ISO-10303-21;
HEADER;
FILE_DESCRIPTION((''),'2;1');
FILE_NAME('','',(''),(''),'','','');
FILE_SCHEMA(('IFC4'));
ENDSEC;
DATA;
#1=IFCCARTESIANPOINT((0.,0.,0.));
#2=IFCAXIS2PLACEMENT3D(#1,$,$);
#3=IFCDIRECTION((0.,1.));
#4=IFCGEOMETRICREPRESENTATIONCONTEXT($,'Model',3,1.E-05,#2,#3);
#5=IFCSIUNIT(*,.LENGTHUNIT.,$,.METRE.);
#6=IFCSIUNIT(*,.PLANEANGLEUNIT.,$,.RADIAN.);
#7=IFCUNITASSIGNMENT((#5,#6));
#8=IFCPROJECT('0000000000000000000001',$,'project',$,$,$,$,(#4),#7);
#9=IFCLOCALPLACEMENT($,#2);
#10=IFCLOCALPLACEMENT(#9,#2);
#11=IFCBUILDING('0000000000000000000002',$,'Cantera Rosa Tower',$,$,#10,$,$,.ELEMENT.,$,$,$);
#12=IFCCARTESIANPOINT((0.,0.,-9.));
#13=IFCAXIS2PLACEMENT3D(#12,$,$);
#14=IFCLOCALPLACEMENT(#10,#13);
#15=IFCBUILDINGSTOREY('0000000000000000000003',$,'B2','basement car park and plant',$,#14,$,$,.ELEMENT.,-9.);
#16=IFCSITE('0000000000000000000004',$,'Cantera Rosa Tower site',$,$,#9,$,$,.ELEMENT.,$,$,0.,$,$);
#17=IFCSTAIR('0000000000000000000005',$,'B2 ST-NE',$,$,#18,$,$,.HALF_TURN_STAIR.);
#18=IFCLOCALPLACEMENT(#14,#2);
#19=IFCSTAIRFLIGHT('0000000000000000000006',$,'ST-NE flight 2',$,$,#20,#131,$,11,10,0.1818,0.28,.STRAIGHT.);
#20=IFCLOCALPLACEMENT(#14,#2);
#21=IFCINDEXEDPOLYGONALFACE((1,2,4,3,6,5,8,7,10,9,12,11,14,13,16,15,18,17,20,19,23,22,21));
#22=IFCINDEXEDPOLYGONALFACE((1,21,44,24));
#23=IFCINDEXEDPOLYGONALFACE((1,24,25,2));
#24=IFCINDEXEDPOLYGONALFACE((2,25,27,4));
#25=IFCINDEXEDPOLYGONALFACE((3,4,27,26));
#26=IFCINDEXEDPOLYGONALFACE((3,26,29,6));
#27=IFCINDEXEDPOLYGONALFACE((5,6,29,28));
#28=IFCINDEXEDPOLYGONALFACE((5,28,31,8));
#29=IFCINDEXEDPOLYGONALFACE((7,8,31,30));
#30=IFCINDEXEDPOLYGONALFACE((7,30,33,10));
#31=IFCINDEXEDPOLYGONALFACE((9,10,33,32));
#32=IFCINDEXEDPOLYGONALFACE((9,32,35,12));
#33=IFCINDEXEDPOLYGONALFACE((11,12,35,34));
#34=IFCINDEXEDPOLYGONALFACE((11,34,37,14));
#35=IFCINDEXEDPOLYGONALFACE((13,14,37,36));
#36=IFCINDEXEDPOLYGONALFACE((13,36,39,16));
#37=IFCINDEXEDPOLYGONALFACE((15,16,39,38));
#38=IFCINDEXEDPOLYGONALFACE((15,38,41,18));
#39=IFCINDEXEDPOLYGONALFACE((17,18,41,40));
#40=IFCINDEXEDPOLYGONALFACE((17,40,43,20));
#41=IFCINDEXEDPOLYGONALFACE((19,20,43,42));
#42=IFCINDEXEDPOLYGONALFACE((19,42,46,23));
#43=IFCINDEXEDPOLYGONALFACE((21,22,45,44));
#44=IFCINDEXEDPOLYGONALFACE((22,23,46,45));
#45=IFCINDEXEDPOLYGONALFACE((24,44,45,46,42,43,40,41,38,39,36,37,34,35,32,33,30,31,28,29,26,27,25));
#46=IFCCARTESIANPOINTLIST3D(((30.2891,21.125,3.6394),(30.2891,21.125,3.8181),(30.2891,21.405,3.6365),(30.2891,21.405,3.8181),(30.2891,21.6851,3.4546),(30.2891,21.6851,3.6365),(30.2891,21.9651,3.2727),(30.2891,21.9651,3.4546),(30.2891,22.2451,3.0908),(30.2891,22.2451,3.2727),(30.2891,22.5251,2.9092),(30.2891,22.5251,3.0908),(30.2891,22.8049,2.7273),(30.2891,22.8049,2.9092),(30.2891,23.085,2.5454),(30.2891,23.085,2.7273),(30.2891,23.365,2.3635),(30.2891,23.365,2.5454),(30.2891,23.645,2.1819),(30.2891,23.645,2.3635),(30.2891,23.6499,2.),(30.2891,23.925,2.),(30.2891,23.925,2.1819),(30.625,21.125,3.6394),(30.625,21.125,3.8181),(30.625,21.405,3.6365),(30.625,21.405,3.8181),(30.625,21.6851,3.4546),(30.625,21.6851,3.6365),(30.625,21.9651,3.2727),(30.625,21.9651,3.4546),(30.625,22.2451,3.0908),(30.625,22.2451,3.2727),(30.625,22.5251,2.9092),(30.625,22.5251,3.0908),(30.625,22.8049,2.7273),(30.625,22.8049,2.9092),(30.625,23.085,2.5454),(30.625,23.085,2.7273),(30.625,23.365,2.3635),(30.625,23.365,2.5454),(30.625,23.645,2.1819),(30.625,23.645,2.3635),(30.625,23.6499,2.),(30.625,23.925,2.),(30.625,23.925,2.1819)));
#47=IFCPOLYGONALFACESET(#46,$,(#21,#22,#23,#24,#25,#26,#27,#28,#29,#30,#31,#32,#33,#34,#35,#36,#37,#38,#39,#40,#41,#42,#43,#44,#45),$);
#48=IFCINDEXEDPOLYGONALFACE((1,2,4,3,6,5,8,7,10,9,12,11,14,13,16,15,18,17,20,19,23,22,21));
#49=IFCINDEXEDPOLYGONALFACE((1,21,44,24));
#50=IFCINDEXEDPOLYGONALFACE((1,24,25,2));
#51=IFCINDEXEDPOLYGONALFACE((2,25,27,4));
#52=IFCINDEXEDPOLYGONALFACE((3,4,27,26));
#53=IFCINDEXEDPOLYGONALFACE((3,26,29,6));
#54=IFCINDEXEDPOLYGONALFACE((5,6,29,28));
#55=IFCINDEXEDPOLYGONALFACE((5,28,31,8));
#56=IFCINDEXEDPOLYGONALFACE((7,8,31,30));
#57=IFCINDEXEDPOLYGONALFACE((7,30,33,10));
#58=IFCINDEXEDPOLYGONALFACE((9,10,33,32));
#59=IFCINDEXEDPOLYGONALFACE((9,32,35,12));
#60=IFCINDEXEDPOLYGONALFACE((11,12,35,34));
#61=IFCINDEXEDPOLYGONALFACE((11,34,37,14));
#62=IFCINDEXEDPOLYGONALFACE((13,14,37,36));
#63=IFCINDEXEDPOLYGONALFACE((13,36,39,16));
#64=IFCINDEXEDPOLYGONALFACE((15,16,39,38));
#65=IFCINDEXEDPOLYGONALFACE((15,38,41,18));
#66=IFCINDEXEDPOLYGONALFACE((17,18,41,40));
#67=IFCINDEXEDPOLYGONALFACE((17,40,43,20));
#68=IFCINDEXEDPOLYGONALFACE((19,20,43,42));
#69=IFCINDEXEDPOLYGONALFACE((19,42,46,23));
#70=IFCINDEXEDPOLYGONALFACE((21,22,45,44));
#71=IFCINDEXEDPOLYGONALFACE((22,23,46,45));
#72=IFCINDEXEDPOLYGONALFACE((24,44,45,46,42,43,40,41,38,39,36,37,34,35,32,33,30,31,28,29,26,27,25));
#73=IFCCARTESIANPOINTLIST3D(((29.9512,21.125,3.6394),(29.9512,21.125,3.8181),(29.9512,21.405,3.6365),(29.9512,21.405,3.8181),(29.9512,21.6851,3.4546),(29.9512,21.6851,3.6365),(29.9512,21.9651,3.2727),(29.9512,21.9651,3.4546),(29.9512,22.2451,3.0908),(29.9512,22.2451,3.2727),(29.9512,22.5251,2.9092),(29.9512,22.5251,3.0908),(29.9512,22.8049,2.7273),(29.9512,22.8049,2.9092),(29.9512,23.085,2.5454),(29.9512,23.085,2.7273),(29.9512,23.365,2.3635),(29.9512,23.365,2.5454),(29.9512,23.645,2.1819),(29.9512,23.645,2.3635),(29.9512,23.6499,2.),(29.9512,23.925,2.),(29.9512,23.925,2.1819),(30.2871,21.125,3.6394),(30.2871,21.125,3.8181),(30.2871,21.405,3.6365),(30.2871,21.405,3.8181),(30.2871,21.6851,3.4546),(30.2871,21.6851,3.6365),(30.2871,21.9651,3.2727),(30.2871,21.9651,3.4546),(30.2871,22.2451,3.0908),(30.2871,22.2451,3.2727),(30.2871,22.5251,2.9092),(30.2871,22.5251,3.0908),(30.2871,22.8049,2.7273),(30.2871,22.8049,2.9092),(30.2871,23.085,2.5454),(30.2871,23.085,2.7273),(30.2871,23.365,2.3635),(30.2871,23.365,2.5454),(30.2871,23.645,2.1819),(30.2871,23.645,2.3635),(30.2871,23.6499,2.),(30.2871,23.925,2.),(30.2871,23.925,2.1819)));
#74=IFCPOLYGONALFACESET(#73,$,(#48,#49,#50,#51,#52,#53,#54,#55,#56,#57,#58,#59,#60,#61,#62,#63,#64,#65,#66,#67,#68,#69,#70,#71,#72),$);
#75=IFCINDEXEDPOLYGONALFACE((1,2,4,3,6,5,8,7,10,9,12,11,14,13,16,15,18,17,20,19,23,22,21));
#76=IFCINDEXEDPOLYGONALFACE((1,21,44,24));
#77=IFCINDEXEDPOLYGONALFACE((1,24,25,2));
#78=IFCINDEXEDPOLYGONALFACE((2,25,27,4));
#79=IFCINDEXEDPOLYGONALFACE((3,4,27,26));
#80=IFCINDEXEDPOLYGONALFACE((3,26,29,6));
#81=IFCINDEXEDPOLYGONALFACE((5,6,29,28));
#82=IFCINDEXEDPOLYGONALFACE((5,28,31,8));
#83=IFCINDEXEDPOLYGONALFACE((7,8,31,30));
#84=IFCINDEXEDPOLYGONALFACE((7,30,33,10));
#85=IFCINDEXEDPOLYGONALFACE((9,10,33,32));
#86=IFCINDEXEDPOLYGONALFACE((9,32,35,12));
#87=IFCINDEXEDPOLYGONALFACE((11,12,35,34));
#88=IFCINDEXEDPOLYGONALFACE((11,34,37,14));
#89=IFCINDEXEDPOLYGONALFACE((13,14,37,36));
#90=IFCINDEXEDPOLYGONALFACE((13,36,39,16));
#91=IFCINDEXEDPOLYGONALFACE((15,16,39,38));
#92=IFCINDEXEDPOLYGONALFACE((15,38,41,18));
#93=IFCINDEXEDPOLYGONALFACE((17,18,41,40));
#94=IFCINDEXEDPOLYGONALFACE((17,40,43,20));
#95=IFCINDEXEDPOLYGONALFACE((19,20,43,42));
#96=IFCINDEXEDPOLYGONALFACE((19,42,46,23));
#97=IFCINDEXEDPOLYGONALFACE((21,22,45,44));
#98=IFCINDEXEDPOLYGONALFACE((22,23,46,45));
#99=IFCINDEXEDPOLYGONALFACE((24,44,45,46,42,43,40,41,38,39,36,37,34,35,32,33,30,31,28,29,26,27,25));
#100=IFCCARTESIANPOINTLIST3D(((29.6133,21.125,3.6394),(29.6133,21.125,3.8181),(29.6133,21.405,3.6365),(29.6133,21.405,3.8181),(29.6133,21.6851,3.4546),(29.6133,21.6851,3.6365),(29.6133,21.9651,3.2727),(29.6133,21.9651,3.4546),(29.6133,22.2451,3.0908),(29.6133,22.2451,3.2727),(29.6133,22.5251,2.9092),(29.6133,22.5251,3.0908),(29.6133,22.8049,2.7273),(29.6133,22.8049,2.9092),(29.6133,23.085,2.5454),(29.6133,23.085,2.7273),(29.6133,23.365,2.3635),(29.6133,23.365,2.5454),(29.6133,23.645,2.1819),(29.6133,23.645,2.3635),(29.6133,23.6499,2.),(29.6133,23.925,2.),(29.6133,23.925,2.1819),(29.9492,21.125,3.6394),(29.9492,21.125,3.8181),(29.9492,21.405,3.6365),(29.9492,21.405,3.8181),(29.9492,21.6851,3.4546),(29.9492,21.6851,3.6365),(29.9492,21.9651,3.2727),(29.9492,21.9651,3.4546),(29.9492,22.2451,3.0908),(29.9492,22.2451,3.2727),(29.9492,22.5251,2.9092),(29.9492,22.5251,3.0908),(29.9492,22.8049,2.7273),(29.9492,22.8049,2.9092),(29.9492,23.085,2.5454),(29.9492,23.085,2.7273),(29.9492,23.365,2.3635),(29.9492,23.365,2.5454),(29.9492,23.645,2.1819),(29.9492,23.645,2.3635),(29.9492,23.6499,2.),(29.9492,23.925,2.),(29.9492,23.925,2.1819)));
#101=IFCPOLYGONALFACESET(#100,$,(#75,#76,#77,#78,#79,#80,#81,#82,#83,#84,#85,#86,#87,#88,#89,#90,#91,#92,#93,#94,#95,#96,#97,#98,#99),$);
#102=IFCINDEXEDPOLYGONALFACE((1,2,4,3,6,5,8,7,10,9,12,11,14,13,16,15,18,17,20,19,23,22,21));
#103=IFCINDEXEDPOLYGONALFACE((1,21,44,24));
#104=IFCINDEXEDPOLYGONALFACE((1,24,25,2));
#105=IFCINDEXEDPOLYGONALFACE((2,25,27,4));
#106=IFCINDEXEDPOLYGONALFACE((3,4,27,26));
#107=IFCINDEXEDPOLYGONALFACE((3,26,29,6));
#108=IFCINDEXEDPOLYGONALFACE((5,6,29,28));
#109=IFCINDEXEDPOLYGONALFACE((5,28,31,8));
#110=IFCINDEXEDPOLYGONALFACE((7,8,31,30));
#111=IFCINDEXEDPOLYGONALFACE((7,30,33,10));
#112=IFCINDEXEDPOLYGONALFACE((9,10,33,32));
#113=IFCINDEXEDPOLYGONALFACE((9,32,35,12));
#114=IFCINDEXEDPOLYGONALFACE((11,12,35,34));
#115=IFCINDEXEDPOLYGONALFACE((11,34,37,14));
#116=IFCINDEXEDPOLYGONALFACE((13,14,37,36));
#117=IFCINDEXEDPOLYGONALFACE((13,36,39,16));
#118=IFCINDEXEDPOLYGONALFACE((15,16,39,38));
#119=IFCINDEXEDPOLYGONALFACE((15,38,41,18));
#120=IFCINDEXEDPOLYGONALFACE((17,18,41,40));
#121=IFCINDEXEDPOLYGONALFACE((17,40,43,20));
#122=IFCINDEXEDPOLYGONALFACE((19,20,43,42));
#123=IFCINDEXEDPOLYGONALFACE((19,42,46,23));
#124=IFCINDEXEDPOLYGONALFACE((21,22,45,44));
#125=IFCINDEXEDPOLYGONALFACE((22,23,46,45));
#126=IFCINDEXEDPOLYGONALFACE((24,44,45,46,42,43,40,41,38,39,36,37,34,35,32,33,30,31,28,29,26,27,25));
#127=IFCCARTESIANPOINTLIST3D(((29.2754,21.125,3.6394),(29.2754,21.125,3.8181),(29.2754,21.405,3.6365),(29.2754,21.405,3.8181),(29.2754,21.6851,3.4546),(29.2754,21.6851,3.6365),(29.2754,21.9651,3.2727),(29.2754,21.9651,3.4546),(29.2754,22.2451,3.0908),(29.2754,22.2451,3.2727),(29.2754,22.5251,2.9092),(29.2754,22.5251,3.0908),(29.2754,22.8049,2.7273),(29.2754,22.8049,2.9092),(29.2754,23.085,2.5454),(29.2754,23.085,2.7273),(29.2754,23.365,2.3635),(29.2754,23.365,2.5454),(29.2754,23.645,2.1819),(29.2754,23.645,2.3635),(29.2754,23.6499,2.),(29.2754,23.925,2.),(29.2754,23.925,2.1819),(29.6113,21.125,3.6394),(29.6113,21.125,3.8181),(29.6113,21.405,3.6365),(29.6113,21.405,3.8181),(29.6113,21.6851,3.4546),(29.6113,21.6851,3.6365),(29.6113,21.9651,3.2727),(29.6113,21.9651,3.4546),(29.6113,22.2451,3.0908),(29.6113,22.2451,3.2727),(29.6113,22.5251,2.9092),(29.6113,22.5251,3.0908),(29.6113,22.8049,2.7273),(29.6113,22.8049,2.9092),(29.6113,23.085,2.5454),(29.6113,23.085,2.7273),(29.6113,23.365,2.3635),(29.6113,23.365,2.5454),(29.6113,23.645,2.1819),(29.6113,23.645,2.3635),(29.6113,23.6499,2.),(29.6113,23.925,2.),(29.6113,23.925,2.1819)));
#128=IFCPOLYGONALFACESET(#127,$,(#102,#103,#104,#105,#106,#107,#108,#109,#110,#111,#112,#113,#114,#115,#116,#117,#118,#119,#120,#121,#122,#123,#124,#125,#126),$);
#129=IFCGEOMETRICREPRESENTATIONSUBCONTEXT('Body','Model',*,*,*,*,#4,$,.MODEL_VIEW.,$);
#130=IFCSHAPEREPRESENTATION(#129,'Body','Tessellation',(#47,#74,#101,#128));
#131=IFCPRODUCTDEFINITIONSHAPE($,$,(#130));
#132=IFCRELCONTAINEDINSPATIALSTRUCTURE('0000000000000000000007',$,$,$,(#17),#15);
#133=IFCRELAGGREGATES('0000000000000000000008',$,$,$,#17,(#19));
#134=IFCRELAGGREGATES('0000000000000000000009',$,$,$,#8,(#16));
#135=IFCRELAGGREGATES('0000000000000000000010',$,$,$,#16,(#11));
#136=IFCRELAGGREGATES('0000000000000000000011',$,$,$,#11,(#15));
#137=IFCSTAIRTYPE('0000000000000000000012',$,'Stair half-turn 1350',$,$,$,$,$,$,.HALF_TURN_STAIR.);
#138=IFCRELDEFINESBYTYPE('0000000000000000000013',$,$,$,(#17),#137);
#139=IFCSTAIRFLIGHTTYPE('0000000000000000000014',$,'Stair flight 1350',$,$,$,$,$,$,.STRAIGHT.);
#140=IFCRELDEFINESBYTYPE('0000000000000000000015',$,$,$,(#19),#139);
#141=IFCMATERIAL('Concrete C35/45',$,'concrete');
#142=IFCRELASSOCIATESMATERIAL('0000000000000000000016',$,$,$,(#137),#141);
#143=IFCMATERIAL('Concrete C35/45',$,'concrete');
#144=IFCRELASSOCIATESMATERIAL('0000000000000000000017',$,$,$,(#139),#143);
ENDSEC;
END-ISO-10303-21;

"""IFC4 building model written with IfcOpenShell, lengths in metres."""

from ifc_helpers import new_model, si_unit, direction, frame, origin, place, context, subcontext, project, spatial, polyline, outline, extrude, material, type_object, element, aggregate, save


model = new_model("IFC4")

# Units and contexts
model_context = context("Model", 3, precision=1e-05, world=origin(), true_north=direction((0.0, 1.0)))
body_context = subcontext(model_context, "Body", "Model", "MODEL_VIEW")
ifc_project = project(units=[si_unit("LENGTHUNIT", "METRE"), si_unit("PLANEANGLEUNIT", "RADIAN")], contexts=[model_context])

# Site, building, storey
site_placement = place(None, origin())
site = spatial("IfcSite", under=ifc_project, at=site_placement, Name="Cantera Rosa Tower site", CompositionType="ELEMENT", RefElevation=0.0)
building_placement = place(site_placement, origin())
building = spatial("IfcBuilding", under=site, at=building_placement, Name="Cantera Rosa Tower", CompositionType="ELEMENT")
storey_placement = place(building_placement, frame((0.0, 0.0, -9.0)))
storey = spatial("IfcBuildingStorey", under=building, at=storey_placement, Name="B2", Description="basement car park and plant", CompositionType="ELEMENT", Elevation=-9.0)

# Stair, stair flight
ifc_material_1 = material(Name="Concrete C35/45", Category="concrete")
stair_type = type_object("IfcStairType", Name="Stair half-turn 1350", PredefinedType="HALF_TURN_STAIR", material=ifc_material_1)
stair_placement = place(storey_placement, origin())
stair = element("IfcStair", 1, at=stair_placement, inside=storey, type_object=stair_type, Name="B2 ST-NE", PredefinedType="HALF_TURN_STAIR")
ifc_material_2 = material(Name="Concrete C35/45", Category="concrete")
stair_flight_type = type_object("IfcStairFlightType", Name="Stair flight 1350", PredefinedType="STRAIGHT", material=ifc_material_2)
stair_flight_1_placement = place(storey_placement, frame((29.95, 23.925, 2.0), z_axis=(0.0, 0.0, 1.0), x_axis=(0.0, -1.0, 0.0)))
stair_flight_1 = element("IfcStairFlight", 2, at=stair_flight_1_placement, type_object=stair_flight_type, Name="ST-NE flight 2", NumberOfRisers=11, NumberOfTreads=10, PredefinedType="STRAIGHT", RiserHeight=0.1818, TreadLength=0.28, context=body_context, shape_type="SweptSolid", body=[
    extrude(outline(polyline([(0.0, 0.0), (0.0, 0.1819), (0.28, 0.1819), (0.28, 0.3635), (0.5601, 0.3635), (0.5601, 0.5454), (0.8401, 0.5454), (0.8401, 0.7273), (1.1201, 0.7273), (1.1201, 0.9092), (1.3999, 0.9092), (1.3999, 1.0908), (1.6799, 1.0908), (1.6799, 1.2727), (1.96, 1.2727), (1.96, 1.4546), (2.24, 1.4546), (2.24, 1.6365), (2.52, 1.6365), (2.52, 1.8181), (2.8, 1.8181), (2.8, 2.0), (2.8, 1.6394), (0.2751, 0.0), (0.0, 0.0)])), frame((0.0, 0.675, 0.0), z_axis=(0.0, -1.0, 0.0), x_axis=(1.0, 0.0, 0.0)), (0.0, 0.0, 1.0), 0.3359),
    extrude(outline(polyline([(0.0, 0.0), (0.0, 0.1819), (0.28, 0.1819), (0.28, 0.3635), (0.5601, 0.3635), (0.5601, 0.5454), (0.8401, 0.5454), (0.8401, 0.7273), (1.1201, 0.7273), (1.1201, 0.9092), (1.3999, 0.9092), (1.3999, 1.0908), (1.6799, 1.0908), (1.6799, 1.2727), (1.96, 1.2727), (1.96, 1.4546), (2.24, 1.4546), (2.24, 1.6365), (2.52, 1.6365), (2.52, 1.8181), (2.8, 1.8181), (2.8, 2.0), (2.8, 1.6394), (0.2751, 0.0), (0.0, 0.0)])), frame((0.0, 0.3372, 0.0), z_axis=(0.0, -1.0, 0.0), x_axis=(1.0, 0.0, 0.0)), (0.0, 0.0, 1.0), 0.3359),
    extrude(outline(polyline([(0.0, 0.0), (0.0, 0.1819), (0.28, 0.1819), (0.28, 0.3635), (0.5601, 0.3635), (0.5601, 0.5454), (0.8401, 0.5454), (0.8401, 0.7273), (1.1201, 0.7273), (1.1201, 0.9092), (1.3999, 0.9092), (1.3999, 1.0908), (1.6799, 1.0908), (1.6799, 1.2727), (1.96, 1.2727), (1.96, 1.4546), (2.24, 1.4546), (2.24, 1.6365), (2.52, 1.6365), (2.52, 1.8181), (2.8, 1.8181), (2.8, 2.0), (2.8, 1.6394), (0.2751, 0.0), (0.0, 0.0)])), frame((0.0, -0.0007, 0.0), z_axis=(0.0, -1.0, 0.0), x_axis=(1.0, 0.0, 0.0)), (0.0, 0.0, 1.0), 0.3359),
    extrude(outline(polyline([(0.0, 0.0), (0.0, 0.1819), (0.28, 0.1819), (0.28, 0.3635), (0.5601, 0.3635), (0.5601, 0.5454), (0.8401, 0.5454), (0.8401, 0.7273), (1.1201, 0.7273), (1.1201, 0.9092), (1.3999, 0.9092), (1.3999, 1.0908), (1.6799, 1.0908), (1.6799, 1.2727), (1.96, 1.2727), (1.96, 1.4546), (2.24, 1.4546), (2.24, 1.6365), (2.52, 1.6365), (2.52, 1.8181), (2.8, 1.8181), (2.8, 2.0), (2.8, 1.6394), (0.2751, 0.0), (0.0, 0.0)])), frame((0.0, -0.3386, 0.0), z_axis=(0.0, -1.0, 0.0), x_axis=(1.0, 0.0, 0.0)), (0.0, 0.0, 1.0), 0.3359),
])
aggregate(stair, [stair_flight_1])

save(model, "model.ifc")
